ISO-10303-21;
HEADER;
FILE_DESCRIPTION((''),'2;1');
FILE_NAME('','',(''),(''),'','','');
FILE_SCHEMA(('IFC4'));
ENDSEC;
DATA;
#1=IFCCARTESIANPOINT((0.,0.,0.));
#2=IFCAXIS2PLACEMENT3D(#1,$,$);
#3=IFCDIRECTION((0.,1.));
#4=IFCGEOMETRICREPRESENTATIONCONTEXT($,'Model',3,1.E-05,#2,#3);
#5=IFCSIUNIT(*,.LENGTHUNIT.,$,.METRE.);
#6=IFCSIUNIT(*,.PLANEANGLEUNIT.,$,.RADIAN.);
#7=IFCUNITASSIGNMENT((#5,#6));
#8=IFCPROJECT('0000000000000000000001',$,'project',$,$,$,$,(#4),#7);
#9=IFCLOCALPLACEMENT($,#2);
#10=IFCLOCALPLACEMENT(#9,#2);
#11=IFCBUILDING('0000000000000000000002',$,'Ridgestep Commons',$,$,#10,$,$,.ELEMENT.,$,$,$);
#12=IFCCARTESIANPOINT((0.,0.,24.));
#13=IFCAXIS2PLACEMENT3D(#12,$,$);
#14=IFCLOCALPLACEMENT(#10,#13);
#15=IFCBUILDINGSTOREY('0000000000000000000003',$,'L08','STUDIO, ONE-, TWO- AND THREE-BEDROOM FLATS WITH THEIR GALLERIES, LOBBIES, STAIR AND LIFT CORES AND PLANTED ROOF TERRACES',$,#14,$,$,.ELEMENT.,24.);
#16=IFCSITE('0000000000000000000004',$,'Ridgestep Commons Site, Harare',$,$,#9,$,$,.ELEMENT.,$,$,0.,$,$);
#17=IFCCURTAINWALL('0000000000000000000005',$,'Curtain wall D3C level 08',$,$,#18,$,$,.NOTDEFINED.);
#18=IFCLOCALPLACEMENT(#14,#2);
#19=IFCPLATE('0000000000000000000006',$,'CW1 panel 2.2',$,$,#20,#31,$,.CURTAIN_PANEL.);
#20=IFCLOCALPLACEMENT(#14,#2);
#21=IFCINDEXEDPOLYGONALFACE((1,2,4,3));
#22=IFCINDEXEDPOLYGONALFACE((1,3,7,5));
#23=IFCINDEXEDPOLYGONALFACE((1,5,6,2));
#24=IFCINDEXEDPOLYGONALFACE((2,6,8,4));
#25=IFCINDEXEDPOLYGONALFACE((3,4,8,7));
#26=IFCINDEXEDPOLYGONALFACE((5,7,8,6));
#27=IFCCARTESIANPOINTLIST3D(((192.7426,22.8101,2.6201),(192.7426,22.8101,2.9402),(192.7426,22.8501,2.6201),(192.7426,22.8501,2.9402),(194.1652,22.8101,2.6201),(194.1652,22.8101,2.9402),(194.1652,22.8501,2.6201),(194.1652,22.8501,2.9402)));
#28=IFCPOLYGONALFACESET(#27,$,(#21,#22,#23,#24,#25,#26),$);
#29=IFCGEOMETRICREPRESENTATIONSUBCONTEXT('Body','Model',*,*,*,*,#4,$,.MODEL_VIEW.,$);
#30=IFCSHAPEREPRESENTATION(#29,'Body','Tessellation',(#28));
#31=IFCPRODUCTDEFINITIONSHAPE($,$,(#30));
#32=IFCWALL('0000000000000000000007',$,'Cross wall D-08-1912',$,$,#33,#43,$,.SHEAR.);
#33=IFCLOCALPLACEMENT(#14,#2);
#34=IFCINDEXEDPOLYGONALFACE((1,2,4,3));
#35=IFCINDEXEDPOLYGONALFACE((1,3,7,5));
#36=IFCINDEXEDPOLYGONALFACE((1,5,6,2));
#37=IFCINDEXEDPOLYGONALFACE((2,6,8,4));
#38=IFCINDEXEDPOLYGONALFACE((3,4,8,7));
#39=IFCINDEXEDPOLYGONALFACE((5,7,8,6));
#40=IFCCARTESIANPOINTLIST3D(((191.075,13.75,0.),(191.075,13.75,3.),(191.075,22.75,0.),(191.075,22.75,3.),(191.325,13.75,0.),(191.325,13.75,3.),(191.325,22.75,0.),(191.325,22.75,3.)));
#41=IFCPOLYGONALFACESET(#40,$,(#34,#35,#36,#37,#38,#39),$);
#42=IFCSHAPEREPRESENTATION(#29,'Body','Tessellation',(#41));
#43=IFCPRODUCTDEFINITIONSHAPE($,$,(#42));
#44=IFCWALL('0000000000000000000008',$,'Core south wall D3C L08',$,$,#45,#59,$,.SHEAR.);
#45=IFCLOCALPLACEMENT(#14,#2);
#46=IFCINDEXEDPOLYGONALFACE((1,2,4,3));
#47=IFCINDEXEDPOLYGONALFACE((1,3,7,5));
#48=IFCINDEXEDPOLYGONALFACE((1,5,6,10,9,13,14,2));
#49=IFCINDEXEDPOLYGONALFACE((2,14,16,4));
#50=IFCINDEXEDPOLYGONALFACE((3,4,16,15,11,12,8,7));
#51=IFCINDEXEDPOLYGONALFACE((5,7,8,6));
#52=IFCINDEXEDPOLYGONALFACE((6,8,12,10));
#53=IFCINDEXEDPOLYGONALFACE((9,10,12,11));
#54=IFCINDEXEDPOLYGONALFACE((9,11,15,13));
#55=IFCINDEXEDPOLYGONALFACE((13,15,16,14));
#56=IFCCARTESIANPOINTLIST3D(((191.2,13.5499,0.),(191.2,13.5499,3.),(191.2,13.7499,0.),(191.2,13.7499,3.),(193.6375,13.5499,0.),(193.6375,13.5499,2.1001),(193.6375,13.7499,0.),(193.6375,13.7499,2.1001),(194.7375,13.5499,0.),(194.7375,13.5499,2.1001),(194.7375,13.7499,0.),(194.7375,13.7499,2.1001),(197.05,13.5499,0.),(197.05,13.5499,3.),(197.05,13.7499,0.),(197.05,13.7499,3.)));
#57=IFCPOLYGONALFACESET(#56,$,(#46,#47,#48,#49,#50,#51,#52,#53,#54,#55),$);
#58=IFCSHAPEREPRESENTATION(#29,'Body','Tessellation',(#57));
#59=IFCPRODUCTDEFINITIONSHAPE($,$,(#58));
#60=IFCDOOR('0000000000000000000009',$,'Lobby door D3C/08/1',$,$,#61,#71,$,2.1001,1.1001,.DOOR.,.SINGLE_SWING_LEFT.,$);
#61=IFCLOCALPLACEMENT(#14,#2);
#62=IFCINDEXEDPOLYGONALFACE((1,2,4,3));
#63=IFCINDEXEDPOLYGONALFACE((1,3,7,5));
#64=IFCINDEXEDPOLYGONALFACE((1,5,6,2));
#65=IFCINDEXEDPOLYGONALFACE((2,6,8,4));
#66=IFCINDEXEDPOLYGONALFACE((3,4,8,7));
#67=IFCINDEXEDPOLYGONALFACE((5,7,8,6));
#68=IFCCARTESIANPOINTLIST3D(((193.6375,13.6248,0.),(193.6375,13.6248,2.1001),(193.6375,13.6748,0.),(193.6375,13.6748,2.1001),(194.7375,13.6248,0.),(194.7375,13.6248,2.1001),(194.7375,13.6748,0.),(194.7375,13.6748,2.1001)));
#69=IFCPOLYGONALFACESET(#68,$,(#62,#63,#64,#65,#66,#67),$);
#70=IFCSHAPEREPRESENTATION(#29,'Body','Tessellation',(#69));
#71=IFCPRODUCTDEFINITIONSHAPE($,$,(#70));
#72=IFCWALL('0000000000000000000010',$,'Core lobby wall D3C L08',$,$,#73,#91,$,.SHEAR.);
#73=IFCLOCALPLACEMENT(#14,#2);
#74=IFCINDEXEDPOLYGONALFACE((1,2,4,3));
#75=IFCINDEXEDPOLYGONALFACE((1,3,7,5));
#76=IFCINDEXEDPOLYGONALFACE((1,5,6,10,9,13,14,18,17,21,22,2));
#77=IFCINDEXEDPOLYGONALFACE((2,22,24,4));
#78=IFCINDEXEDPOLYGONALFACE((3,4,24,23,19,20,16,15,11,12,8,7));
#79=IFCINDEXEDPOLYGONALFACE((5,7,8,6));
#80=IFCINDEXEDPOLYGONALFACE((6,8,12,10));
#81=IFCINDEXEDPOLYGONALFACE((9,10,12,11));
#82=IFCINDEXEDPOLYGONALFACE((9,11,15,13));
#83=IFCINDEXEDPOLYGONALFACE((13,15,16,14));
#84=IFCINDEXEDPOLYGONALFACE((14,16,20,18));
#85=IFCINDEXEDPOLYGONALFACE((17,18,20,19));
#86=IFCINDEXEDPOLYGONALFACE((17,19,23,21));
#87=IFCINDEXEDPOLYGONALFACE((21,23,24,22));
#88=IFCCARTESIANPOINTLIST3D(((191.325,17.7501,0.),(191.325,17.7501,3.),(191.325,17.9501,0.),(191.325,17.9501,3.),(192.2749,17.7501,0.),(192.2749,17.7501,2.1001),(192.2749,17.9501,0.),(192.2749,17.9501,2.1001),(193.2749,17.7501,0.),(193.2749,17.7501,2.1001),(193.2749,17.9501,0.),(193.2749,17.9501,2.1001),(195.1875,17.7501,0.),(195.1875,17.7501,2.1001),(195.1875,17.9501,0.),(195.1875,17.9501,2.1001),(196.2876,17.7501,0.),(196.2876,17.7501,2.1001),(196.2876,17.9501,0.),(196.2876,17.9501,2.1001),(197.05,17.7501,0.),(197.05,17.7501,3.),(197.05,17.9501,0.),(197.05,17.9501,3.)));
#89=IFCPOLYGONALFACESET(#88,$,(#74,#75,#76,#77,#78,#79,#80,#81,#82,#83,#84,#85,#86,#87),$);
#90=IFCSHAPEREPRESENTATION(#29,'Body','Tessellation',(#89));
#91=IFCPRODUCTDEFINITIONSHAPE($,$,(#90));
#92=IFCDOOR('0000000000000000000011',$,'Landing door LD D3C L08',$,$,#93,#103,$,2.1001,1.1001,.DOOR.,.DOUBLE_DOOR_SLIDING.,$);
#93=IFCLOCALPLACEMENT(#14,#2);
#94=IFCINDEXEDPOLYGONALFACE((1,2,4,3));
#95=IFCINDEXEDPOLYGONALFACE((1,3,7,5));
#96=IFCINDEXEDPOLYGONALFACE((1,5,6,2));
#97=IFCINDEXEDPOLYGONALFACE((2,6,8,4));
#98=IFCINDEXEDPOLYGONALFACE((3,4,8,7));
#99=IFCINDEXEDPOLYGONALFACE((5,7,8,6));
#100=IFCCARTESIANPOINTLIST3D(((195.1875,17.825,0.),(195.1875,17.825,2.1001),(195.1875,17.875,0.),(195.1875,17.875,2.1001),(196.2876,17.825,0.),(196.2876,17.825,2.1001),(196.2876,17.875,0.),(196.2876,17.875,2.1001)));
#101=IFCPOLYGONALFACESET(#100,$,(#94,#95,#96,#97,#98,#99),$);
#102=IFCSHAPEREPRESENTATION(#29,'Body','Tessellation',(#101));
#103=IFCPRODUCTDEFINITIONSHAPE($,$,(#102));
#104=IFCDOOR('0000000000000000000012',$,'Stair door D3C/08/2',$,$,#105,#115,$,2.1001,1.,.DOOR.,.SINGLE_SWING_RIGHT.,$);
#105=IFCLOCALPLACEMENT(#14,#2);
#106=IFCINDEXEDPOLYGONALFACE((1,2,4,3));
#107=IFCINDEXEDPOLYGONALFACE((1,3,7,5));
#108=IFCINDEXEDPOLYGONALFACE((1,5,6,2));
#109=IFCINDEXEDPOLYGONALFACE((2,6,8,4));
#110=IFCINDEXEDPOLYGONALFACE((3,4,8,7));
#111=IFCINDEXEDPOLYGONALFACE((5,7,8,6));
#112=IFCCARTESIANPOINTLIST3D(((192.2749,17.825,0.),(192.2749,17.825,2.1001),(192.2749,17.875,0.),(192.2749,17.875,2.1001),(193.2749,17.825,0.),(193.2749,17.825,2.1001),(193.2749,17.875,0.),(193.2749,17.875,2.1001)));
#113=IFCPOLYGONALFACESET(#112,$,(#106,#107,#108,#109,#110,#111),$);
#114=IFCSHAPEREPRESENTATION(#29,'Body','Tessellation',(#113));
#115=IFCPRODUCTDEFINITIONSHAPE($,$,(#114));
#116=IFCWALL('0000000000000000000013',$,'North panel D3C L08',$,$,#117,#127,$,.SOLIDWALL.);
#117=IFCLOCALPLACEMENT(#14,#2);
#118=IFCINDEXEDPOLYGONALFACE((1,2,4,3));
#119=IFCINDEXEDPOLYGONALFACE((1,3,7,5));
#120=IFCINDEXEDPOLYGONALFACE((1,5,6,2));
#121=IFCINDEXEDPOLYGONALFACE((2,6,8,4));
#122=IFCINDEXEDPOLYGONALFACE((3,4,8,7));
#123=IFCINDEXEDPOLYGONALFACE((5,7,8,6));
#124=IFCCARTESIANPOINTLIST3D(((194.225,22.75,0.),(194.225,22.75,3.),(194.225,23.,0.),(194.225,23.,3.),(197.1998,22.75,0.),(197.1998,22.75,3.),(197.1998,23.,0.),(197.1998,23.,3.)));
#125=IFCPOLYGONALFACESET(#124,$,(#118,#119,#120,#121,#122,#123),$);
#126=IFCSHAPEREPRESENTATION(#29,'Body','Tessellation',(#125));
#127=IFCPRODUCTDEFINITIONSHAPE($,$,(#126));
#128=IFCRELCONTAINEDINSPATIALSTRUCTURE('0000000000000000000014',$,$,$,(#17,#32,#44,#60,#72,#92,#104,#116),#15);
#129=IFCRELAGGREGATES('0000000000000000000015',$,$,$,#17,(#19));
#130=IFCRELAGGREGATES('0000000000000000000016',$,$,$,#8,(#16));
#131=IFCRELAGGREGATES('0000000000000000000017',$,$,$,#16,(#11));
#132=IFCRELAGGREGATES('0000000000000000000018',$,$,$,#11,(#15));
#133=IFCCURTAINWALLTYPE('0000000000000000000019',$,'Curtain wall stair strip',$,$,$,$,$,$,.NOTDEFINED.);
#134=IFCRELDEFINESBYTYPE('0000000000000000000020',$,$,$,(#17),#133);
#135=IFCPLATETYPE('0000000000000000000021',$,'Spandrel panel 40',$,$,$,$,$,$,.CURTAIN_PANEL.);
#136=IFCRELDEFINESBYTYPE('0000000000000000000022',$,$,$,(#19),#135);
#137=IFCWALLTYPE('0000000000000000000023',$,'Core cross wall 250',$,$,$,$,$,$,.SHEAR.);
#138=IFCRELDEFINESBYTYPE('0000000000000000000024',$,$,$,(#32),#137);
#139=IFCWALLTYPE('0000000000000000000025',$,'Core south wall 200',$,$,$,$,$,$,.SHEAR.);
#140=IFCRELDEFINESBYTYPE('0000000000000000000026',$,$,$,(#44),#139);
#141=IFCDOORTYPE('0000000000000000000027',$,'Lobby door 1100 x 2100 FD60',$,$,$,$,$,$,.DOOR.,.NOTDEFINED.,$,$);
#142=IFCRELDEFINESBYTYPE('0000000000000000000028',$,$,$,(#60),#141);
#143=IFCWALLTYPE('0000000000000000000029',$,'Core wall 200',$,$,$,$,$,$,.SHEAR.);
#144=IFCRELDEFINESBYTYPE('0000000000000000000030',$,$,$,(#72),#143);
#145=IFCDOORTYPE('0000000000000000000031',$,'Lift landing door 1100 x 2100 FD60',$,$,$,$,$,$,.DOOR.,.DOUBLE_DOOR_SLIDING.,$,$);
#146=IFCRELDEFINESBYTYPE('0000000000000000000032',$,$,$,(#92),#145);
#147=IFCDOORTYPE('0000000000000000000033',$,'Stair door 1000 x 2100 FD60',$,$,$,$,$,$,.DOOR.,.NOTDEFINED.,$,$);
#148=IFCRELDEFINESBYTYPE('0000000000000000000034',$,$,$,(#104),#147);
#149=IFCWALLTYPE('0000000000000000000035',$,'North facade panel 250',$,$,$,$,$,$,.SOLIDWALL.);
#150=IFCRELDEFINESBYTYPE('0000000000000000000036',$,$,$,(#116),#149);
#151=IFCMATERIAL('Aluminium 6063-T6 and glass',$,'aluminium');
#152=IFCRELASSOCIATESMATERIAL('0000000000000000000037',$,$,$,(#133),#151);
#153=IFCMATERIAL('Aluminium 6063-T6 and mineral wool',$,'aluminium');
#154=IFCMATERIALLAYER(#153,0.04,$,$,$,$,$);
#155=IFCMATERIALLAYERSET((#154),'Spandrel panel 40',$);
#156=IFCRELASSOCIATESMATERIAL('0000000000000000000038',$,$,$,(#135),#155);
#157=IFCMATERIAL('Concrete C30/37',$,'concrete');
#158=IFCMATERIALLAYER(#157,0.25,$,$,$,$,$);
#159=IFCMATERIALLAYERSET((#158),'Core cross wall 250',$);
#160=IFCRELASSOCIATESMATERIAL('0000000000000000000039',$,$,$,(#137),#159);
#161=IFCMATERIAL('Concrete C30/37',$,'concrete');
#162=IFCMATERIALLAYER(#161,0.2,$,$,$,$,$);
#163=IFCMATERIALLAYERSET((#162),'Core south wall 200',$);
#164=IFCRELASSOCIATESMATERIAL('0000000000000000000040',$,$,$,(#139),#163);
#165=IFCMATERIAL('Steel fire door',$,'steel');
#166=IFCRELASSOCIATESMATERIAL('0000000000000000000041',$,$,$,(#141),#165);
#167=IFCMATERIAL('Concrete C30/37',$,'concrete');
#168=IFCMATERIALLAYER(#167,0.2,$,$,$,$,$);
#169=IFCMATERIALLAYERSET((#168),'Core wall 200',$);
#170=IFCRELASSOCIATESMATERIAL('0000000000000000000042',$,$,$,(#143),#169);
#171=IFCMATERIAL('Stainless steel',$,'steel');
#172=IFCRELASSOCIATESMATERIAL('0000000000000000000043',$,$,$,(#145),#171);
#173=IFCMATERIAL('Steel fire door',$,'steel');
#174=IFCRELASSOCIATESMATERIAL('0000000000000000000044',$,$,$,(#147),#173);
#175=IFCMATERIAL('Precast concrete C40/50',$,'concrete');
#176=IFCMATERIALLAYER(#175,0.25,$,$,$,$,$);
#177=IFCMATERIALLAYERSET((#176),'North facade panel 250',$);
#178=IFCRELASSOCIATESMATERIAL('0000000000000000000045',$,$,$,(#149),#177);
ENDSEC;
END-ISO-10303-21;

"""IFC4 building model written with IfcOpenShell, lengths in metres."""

from ifc_helpers import new_model, si_unit, direction, frame, frame_2d, origin, origin_2d, place, context, subcontext, project, spatial, rectangle, extrude, material, layer, layer_set, type_object, element, fill, aggregate, save


model = new_model("IFC4")

# Units and contexts
model_context = context("Model", 3, precision=1e-05, world=origin(), true_north=direction((0.0, 1.0)))
body_context = subcontext(model_context, "Body", "Model", "MODEL_VIEW")
ifc_project = project(units=[si_unit("LENGTHUNIT", "METRE"), si_unit("PLANEANGLEUNIT", "RADIAN")], contexts=[model_context])

# Site, building, storey
site_placement = place(None, origin())
site = spatial("IfcSite", under=ifc_project, at=site_placement, Name="Ridgestep Commons Site, Harare", CompositionType="ELEMENT", RefElevation=0.0)
building_placement = place(site_placement, origin())
building = spatial("IfcBuilding", under=site, at=building_placement, Name="Ridgestep Commons", CompositionType="ELEMENT")
storey_placement = place(building_placement, frame((0.0, 0.0, 24.0)))
storey = spatial("IfcBuildingStorey", under=building, at=storey_placement, Name="L08", Description="STUDIO, ONE-, TWO- AND THREE-BEDROOM FLATS WITH THEIR GALLERIES, LOBBIES, STAIR AND LIFT CORES AND PLANTED ROOF TERRACES", CompositionType="ELEMENT", Elevation=24.0)

# Curtain wall, plate
ifc_material_1 = material(Name="Aluminium 6063-T6 and glass", Category="aluminium")
curtain_wall_type = type_object("IfcCurtainWallType", Name="Curtain wall stair strip", PredefinedType="NOTDEFINED", material=ifc_material_1)
curtain_wall_placement = place(storey_placement, origin())
curtain_wall = element("IfcCurtainWall", 1, at=curtain_wall_placement, inside=storey, type_object=curtain_wall_type, Name="Curtain wall D3C level 08", PredefinedType="NOTDEFINED")
ifc_material_2 = material(Name="Aluminium 6063-T6 and mineral wool", Category="aluminium")
ifc_layer_1 = layer(ifc_material_2, 0.04)
ifc_layer_set_1 = layer_set([ifc_layer_1], Name="Spandrel panel 40")
plate_type_1 = type_object("IfcPlateType", Name="Spandrel panel 40", PredefinedType="CURTAIN_PANEL", material=ifc_layer_set_1)
plate_1_placement = place(storey_placement, frame((193.4539, 22.8301, 2.6201), z_axis=(0.0, 0.0, 1.0), x_axis=(1.0, 0.0, 0.0)))
plate_1 = element("IfcPlate", 2, at=plate_1_placement, type_object=plate_type_1, Name="CW1 panel 2.2", PredefinedType="CURTAIN_PANEL", context=body_context, shape_type="SweptSolid", body=[
    extrude(rectangle(XDim=1.4226, YDim=0.04, at=origin_2d()), origin(), (0.0, 0.0, 1.0), 0.3201),
])
aggregate(curtain_wall, [plate_1])

# Wall
ifc_material_3 = material(Name="Concrete C30/37", Category="concrete")
ifc_layer_2 = layer(ifc_material_3, 0.25)
ifc_layer_set_2 = layer_set([ifc_layer_2], Name="Core cross wall 250")
wall_type_1 = type_object("IfcWallType", Name="Core cross wall 250", PredefinedType="SHEAR", material=ifc_layer_set_2)
wall_1_placement = place(storey_placement, frame((191.2, 13.75, 0.0), z_axis=(0.0, 0.0, 1.0), x_axis=(0.0, 1.0, 0.0)))
element("IfcWall", 3, at=wall_1_placement, inside=storey, type_object=wall_type_1, Name="Cross wall D-08-1912", PredefinedType="SHEAR", context=body_context, shape_type="SweptSolid", body=[
    extrude(rectangle(XDim=9.0, YDim=0.25, at=frame_2d((4.5, 0.0))), origin(), (0.0, 0.0, 1.0), 3.0),
])

# Wall, opening, door
ifc_material_4 = material(Name="Concrete C30/37", Category="concrete")
ifc_layer_3 = layer(ifc_material_4, 0.2)
ifc_layer_set_3 = layer_set([ifc_layer_3], Name="Core south wall 200")
wall_type_2 = type_object("IfcWallType", Name="Core south wall 200", PredefinedType="SHEAR", material=ifc_layer_set_3)
wall_2_placement = place(storey_placement, frame((191.2, 13.6499, 0.0), z_axis=(0.0, 0.0, 1.0), x_axis=(1.0, 0.0, 0.0)))
wall_2 = element("IfcWall", 4, at=wall_2_placement, inside=storey, type_object=wall_type_2, Name="Core south wall D3C L08", PredefinedType="SHEAR", context=body_context, shape_type="SweptSolid", body=[
    extrude(rectangle(XDim=5.8501, YDim=0.2, at=frame_2d((2.925, 0.0))), origin(), (0.0, 0.0, 1.0), 3.0),
])
opening_1_placement = place(wall_2_placement, frame((2.4375, 0.0, 0.0)))
opening_1 = element("IfcOpeningElement", 5, at=opening_1_placement, cuts=wall_2, PredefinedType="OPENING", context=body_context, shape_type="SweptSolid", body=[
    extrude(rectangle(XDim=1.1001, YDim=2.1001, at=frame_2d((0.55, 1.05))), frame((0.0, 0.1099, 0.0), z_axis=(0.0, -1.0, 0.0), x_axis=(1.0, 0.0, 0.0)), (0.0, 0.0, 1.0), 0.22),
])
ifc_material_5 = material(Name="Steel fire door", Category="steel")
door_type_1 = type_object("IfcDoorType", Name="Lobby door 1100 x 2100 FD60", OperationType="NOTDEFINED", PredefinedType="DOOR", material=ifc_material_5)
door_1_placement = place(opening_1_placement, origin())
door_1 = element("IfcDoor", 6, at=door_1_placement, inside=storey, type_object=door_type_1, Name="Lobby door D3C/08/1", OperationType="SINGLE_SWING_LEFT", OverallHeight=2.1001, OverallWidth=1.1001, PredefinedType="DOOR", context=body_context, shape_type="SweptSolid", body=[
    extrude(rectangle(XDim=1.1001, YDim=2.1001, at=frame_2d((0.55, 1.05))), frame((0.0, 0.0249, 0.0), z_axis=(0.0, -1.0, 0.0), x_axis=(1.0, 0.0, 0.0)), (0.0, 0.0, 1.0), 0.05),
])
fill(opening_1, door_1)

# Wall, openings, doors
ifc_material_6 = material(Name="Concrete C30/37", Category="concrete")
ifc_layer_4 = layer(ifc_material_6, 0.2)
ifc_layer_set_4 = layer_set([ifc_layer_4], Name="Core wall 200")
wall_type_3 = type_object("IfcWallType", Name="Core wall 200", PredefinedType="SHEAR", material=ifc_layer_set_4)
wall_3_placement = place(storey_placement, frame((191.325, 17.8501, 0.0), z_axis=(0.0, 0.0, 1.0), x_axis=(1.0, 0.0, 0.0)))
wall_3 = element("IfcWall", 7, at=wall_3_placement, inside=storey, type_object=wall_type_3, Name="Core lobby wall D3C L08", PredefinedType="SHEAR", context=body_context, shape_type="SweptSolid", body=[
    extrude(rectangle(XDim=5.7251, YDim=0.2, at=frame_2d((2.8625, 0.0))), origin(), (0.0, 0.0, 1.0), 3.0),
])
opening_2_placement = place(wall_3_placement, frame((0.95, 0.0, 0.0)))
opening_2 = element("IfcOpeningElement", 8, at=opening_2_placement, cuts=wall_3, PredefinedType="OPENING", context=body_context, shape_type="SweptSolid", body=[
    extrude(rectangle(XDim=1.0, YDim=2.1001, at=frame_2d((0.5, 1.05))), frame((0.0, 0.1099, 0.0), z_axis=(0.0, -1.0, 0.0), x_axis=(1.0, 0.0, 0.0)), (0.0, 0.0, 1.0), 0.22),
])
opening_3_placement = place(wall_3_placement, frame((3.8625, 0.0, 0.0)))
opening_3 = element("IfcOpeningElement", 9, at=opening_3_placement, cuts=wall_3, PredefinedType="OPENING", context=body_context, shape_type="SweptSolid", body=[
    extrude(rectangle(XDim=1.1001, YDim=2.1001, at=frame_2d((0.55, 1.05))), frame((0.0, 0.1099, 0.0), z_axis=(0.0, -1.0, 0.0), x_axis=(1.0, 0.0, 0.0)), (0.0, 0.0, 1.0), 0.22),
])
ifc_material_7 = material(Name="Stainless steel", Category="steel")
door_type_2 = type_object("IfcDoorType", Name="Lift landing door 1100 x 2100 FD60", OperationType="DOUBLE_DOOR_SLIDING", PredefinedType="DOOR", material=ifc_material_7)
door_2_placement = place(opening_3_placement, origin())
door_2 = element("IfcDoor", 10, at=door_2_placement, inside=storey, type_object=door_type_2, Name="Landing door LD D3C L08", OperationType="DOUBLE_DOOR_SLIDING", OverallHeight=2.1001, OverallWidth=1.1001, PredefinedType="DOOR", context=body_context, shape_type="SweptSolid", body=[
    extrude(rectangle(XDim=1.1001, YDim=2.1001, at=frame_2d((0.55, 1.05))), frame((0.0, 0.0249, 0.0), z_axis=(0.0, -1.0, 0.0), x_axis=(1.0, 0.0, 0.0)), (0.0, 0.0, 1.0), 0.05),
])
fill(opening_3, door_2)
ifc_material_8 = material(Name="Steel fire door", Category="steel")
door_type_3 = type_object("IfcDoorType", Name="Stair door 1000 x 2100 FD60", OperationType="NOTDEFINED", PredefinedType="DOOR", material=ifc_material_8)
door_3_placement = place(opening_2_placement, origin())
door_3 = element("IfcDoor", 11, at=door_3_placement, inside=storey, type_object=door_type_3, Name="Stair door D3C/08/2", OperationType="SINGLE_SWING_RIGHT", OverallHeight=2.1001, OverallWidth=1.0, PredefinedType="DOOR", context=body_context, shape_type="SweptSolid", body=[
    extrude(rectangle(XDim=1.0, YDim=2.1001, at=frame_2d((0.5, 1.05))), frame((0.0, 0.0249, 0.0), z_axis=(0.0, -1.0, 0.0), x_axis=(1.0, 0.0, 0.0)), (0.0, 0.0, 1.0), 0.05),
])
fill(opening_2, door_3)

# Wall
ifc_material_9 = material(Name="Precast concrete C40/50", Category="concrete")
ifc_layer_5 = layer(ifc_material_9, 0.25)
ifc_layer_set_5 = layer_set([ifc_layer_5], Name="North facade panel 250")
wall_type_4 = type_object("IfcWallType", Name="North facade panel 250", PredefinedType="SOLIDWALL", material=ifc_layer_set_5)
wall_4_placement = place(storey_placement, frame((194.2251, 22.875, 0.0), z_axis=(0.0, 0.0, 1.0), x_axis=(1.0, 0.0, 0.0)))
element("IfcWall", 12, at=wall_4_placement, inside=storey, type_object=wall_type_4, Name="North panel D3C L08", PredefinedType="SOLIDWALL", context=body_context, shape_type="SweptSolid", body=[
    extrude(rectangle(XDim=2.9749, YDim=0.25, at=frame_2d((1.4873, 0.0))), origin(), (0.0, 0.0, 1.0), 3.0),
])

save(model, "model.ifc")
